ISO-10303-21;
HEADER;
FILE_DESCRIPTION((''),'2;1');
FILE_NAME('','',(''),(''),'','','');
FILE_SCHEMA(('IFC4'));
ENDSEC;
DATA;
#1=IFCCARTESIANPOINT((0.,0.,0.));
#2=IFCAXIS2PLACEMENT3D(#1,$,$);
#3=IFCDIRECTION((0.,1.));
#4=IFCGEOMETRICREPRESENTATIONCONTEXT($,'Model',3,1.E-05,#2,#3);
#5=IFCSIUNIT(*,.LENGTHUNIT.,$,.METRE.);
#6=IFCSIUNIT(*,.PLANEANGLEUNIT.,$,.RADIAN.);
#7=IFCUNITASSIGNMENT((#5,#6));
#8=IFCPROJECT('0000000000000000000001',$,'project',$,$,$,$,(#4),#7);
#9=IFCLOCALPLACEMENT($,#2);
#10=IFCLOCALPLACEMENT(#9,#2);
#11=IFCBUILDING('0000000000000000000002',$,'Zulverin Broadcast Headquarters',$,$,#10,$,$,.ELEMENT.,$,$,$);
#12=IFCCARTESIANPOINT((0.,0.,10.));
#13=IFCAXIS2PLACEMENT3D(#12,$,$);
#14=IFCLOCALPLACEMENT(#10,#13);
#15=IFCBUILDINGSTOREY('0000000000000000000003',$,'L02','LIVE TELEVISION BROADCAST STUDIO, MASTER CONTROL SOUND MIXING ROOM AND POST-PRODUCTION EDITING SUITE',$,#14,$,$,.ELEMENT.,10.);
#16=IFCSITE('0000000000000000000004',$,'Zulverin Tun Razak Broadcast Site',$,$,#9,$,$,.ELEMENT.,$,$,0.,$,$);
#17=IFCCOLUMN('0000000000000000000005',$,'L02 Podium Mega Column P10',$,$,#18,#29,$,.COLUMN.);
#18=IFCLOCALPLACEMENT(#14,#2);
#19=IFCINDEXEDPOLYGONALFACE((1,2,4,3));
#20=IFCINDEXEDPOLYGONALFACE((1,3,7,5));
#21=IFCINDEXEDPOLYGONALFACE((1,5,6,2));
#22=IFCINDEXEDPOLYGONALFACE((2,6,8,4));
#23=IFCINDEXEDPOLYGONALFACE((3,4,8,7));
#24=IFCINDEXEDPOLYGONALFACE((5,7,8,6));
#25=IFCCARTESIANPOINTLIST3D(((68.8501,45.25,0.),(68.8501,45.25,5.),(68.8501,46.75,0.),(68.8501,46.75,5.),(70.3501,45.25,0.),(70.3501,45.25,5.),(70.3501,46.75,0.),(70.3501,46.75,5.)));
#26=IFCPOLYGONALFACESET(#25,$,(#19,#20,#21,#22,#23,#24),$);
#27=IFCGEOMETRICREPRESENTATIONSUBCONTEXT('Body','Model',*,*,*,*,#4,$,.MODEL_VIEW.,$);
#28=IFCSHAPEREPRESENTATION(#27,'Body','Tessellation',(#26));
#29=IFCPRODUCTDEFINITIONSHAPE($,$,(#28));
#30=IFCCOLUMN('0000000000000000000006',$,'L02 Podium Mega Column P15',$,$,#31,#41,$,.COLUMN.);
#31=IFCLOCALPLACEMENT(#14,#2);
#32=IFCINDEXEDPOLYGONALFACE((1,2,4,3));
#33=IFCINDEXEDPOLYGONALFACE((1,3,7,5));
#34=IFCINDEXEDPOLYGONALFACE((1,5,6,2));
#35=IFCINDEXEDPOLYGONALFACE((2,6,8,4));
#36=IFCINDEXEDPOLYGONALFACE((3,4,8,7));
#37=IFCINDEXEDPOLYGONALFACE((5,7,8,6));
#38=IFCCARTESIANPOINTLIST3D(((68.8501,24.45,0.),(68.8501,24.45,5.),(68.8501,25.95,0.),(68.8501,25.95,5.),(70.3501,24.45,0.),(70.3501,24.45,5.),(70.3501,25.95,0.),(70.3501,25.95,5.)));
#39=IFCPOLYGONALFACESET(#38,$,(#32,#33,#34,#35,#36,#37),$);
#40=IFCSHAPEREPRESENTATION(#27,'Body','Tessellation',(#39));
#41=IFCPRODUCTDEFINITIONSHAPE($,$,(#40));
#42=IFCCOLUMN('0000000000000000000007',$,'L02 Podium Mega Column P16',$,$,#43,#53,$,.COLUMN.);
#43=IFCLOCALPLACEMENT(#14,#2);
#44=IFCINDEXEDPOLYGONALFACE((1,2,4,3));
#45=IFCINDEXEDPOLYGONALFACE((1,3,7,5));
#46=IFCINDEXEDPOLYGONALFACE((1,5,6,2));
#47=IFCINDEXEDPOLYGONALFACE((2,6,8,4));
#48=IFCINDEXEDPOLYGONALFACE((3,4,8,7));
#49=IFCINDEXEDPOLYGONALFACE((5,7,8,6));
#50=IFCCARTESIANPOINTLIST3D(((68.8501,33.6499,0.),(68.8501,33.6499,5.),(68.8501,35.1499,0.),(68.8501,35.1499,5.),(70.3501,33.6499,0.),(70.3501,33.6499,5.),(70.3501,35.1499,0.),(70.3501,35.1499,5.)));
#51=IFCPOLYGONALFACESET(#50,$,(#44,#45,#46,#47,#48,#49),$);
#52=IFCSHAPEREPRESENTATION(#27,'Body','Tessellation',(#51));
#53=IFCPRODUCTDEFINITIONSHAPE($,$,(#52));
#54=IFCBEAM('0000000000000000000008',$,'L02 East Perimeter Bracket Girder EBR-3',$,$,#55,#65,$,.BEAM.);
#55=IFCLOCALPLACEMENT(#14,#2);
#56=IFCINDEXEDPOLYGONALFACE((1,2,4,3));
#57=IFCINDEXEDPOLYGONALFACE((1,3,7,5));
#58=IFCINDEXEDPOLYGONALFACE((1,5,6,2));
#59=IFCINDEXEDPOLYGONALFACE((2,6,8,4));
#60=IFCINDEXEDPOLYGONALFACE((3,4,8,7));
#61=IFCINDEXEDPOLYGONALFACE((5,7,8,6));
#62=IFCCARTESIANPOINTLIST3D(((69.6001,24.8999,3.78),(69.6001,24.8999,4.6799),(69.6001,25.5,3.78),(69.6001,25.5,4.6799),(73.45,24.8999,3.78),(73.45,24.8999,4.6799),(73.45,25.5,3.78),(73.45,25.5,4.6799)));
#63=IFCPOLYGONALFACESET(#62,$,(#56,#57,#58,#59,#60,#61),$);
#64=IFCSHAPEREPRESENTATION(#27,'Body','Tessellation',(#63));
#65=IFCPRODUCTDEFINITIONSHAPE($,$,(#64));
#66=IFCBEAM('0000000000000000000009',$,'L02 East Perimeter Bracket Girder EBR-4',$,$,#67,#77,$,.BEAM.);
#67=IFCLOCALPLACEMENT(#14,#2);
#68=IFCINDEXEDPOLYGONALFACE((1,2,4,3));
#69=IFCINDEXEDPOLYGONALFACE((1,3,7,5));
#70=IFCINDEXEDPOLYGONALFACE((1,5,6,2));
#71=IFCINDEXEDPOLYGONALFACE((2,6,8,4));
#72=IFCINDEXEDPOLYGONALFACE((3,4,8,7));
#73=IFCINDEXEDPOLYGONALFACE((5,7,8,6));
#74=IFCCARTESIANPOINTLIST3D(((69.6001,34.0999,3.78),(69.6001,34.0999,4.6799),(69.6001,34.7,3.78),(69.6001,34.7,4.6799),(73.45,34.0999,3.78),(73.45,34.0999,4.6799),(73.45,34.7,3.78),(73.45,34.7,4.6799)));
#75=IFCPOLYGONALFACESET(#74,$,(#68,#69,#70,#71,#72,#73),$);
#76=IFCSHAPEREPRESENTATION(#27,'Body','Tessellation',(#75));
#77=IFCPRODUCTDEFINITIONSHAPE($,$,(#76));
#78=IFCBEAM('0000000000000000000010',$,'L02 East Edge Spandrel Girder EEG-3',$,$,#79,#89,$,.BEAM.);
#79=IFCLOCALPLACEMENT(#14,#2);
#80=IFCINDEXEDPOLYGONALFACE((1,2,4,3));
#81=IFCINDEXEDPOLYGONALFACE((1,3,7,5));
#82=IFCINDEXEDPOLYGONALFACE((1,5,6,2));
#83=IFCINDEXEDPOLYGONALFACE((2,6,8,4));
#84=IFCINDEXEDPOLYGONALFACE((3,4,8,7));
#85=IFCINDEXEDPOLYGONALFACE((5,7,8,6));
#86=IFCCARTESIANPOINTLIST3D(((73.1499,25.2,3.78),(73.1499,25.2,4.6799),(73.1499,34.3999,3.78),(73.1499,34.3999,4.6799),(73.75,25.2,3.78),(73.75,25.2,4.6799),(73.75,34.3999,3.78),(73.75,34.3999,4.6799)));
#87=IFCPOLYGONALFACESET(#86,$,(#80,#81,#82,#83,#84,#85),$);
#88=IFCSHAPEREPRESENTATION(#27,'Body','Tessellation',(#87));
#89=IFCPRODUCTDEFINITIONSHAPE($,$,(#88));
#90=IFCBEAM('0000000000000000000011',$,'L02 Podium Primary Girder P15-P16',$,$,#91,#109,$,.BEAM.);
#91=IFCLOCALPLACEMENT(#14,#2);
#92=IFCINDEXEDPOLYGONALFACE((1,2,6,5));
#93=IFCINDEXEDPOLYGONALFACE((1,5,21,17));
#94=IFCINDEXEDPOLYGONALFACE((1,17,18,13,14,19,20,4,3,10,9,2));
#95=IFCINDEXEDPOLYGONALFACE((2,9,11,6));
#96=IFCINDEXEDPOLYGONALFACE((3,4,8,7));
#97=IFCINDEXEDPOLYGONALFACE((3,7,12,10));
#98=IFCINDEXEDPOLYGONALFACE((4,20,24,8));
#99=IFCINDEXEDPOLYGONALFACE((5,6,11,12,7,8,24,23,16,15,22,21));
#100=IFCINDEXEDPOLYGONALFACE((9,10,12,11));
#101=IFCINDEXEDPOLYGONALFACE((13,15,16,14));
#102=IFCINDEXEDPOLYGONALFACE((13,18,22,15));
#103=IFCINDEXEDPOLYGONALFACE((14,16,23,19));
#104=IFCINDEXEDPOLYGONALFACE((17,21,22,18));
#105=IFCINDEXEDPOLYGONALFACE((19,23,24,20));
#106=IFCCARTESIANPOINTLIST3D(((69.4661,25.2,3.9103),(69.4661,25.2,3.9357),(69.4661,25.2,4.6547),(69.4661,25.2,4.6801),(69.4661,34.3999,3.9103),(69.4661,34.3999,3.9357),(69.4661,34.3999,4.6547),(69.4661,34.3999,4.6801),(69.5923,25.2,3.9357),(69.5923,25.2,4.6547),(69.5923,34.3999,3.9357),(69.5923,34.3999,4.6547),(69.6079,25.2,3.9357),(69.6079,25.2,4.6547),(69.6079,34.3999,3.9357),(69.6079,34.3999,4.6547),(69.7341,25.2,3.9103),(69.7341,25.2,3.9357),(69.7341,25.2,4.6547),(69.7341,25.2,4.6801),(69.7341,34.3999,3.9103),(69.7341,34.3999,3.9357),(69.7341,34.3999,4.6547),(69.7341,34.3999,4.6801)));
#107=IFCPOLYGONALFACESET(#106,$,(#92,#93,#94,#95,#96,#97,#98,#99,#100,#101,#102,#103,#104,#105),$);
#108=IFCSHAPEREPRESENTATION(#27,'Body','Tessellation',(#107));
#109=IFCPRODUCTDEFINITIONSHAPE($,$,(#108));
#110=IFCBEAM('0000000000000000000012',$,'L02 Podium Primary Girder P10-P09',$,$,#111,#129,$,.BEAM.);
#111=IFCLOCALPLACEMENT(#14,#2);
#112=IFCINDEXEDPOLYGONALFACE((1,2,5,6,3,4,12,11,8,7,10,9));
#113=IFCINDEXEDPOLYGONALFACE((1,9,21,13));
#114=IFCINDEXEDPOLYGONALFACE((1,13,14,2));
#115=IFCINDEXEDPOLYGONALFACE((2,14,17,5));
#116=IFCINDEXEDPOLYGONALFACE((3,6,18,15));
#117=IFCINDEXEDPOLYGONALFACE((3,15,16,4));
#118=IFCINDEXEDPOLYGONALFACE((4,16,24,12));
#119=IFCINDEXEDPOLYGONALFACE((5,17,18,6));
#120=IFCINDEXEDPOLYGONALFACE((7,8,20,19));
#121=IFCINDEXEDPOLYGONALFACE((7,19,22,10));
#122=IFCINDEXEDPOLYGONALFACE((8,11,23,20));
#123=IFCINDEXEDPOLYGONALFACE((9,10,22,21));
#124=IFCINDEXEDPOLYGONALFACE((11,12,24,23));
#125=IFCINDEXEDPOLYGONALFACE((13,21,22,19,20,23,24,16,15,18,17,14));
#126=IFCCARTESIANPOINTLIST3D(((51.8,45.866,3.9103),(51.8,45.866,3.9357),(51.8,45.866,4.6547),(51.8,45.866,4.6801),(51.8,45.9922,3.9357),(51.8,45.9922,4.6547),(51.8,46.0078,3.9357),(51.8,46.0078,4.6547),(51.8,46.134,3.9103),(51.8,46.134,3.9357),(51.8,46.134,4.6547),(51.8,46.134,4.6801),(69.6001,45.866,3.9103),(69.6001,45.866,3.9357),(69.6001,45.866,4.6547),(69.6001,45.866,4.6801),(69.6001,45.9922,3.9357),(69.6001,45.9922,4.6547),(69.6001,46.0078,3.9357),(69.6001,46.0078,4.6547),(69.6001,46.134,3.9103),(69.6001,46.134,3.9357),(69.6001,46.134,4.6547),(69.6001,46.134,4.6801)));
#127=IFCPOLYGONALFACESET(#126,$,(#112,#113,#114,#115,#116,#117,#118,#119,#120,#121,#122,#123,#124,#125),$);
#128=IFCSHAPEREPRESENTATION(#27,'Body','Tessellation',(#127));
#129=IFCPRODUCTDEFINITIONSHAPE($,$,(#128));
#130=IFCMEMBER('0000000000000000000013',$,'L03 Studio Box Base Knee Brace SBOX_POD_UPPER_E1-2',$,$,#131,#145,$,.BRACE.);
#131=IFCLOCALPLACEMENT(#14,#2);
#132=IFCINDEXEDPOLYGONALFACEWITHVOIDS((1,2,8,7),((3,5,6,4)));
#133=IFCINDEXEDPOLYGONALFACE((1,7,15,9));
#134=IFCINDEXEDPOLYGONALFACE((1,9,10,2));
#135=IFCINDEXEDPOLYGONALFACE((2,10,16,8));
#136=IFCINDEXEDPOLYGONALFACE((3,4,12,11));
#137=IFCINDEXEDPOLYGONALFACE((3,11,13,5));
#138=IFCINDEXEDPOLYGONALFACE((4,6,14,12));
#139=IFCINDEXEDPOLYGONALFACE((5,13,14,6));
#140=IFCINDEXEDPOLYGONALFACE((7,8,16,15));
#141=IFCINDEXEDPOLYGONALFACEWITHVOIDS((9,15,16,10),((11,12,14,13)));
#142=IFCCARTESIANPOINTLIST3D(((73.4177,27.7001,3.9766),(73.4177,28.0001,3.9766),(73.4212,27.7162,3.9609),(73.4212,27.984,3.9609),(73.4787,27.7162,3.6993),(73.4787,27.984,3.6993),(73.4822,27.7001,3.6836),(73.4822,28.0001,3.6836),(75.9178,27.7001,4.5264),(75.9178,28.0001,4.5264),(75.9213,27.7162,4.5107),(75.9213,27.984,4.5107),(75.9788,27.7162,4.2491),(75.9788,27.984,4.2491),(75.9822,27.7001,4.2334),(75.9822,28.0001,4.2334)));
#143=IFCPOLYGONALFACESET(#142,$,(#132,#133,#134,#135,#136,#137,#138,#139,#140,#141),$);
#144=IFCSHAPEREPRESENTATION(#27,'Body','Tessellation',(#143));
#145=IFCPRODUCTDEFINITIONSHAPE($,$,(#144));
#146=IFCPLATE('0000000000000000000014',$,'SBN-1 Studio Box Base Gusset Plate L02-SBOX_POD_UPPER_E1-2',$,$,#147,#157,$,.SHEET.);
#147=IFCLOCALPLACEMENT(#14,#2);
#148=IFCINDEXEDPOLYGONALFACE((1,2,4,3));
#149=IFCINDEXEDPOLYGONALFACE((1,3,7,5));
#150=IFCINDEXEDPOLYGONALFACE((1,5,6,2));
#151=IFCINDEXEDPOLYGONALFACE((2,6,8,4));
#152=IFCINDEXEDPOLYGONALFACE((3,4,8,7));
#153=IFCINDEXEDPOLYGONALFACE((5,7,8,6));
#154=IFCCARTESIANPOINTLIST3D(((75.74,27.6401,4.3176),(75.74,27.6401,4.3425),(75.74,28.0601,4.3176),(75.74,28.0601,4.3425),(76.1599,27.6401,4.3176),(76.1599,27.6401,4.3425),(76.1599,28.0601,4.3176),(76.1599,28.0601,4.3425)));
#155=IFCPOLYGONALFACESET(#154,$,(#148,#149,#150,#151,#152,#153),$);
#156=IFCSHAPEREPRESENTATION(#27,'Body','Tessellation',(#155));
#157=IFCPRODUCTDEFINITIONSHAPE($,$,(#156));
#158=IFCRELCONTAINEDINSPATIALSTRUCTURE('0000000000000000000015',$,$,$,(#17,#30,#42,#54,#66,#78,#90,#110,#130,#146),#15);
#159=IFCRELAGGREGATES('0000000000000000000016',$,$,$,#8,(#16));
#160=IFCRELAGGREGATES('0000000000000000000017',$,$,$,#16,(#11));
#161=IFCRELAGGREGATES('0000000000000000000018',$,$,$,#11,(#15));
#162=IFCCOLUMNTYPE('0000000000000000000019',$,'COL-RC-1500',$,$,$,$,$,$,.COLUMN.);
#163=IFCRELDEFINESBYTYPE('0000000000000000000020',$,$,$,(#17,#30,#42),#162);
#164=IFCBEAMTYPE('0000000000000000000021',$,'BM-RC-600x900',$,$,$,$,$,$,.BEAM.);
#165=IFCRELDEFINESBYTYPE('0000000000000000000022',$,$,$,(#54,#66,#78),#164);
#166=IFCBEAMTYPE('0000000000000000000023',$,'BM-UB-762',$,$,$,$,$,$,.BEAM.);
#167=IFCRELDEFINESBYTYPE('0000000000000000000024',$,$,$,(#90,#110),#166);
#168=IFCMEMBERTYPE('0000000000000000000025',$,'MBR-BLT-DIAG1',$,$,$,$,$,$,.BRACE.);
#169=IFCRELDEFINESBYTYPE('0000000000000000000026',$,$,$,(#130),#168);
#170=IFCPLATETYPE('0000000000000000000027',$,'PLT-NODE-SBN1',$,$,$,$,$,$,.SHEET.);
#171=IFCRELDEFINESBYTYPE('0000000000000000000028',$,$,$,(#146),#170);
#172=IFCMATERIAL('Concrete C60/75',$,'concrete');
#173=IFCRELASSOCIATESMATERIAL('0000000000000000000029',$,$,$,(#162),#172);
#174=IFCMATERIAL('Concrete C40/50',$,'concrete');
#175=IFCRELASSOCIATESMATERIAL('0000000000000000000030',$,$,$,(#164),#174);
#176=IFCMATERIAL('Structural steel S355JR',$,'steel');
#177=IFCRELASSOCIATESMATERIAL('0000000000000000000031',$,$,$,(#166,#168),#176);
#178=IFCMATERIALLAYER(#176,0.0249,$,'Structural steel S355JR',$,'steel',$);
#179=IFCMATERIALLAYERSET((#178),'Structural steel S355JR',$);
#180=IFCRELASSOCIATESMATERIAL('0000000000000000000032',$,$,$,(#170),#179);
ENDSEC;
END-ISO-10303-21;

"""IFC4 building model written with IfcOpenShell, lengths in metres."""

from ifc_helpers import new_model, si_unit, direction, frame, origin, origin_2d, place, context, subcontext, project, spatial, rectangle, hollow_rectangle, i_section, extrude, material, layer, layer_set, material_profile, profile_set, type_object, element, save


model = new_model("IFC4")

# Units and contexts
model_context = context("Model", 3, precision=1e-05, world=origin(), true_north=direction((0.0, 1.0)))
body_context = subcontext(model_context, "Body", "Model", "MODEL_VIEW")
ifc_project = project(units=[si_unit("LENGTHUNIT", "METRE"), si_unit("PLANEANGLEUNIT", "RADIAN")], contexts=[model_context])

# Site, building, storey
site_placement = place(None, origin())
site = spatial("IfcSite", under=ifc_project, at=site_placement, Name="Zulverin Tun Razak Broadcast Site", CompositionType="ELEMENT", RefElevation=0.0)
building_placement = place(site_placement, origin())
building = spatial("IfcBuilding", under=site, at=building_placement, Name="Zulverin Broadcast Headquarters", CompositionType="ELEMENT")
storey_placement = place(building_placement, frame((0.0, 0.0, 10.0)))
storey = spatial("IfcBuildingStorey", under=building, at=storey_placement, Name="L02", Description="LIVE TELEVISION BROADCAST STUDIO, MASTER CONTROL SOUND MIXING ROOM AND POST-PRODUCTION EDITING SUITE", CompositionType="ELEMENT", Elevation=10.0)

# Columns
ifc_material_1 = material(Name="Concrete C60/75", Category="concrete")
ifc_material_profile_1 = material_profile(ifc_material_1, rectangle(XDim=1.5, YDim=1.5, at=origin_2d()), Name="Concrete C60/75", Category="concrete")
ifc_profile_set_1 = profile_set([ifc_material_profile_1], Name="Concrete C60/75")
column_type = type_object("IfcColumnType", Name="COL-RC-1500", PredefinedType="COLUMN", material=ifc_profile_set_1)
for number, where, z_axis, x_axis, name in (
    (1, (69.6001, 46.0, 0.0), (0.0, 0.0, 1.0), (1.0, 0.0, 0.0), "L02 Podium Mega Column P10"),
    (2, (69.6001, 25.2, 0.0), (0.0, 0.0, 1.0), (1.0, 0.0, 0.0), "L02 Podium Mega Column P15"),
    (3, (69.6001, 34.3999, 0.0), (0.0, 0.0, 1.0), (1.0, 0.0, 0.0), "L02 Podium Mega Column P16"),
):
    element("IfcColumn", number, at=place(storey_placement, frame(where, z_axis=z_axis, x_axis=x_axis)), inside=storey, type_object=column_type, Name=name, PredefinedType="COLUMN", context=body_context, shape_type="SweptSolid", body=[
        extrude(rectangle(XDim=1.5, YDim=1.5, at=origin_2d()), origin(), (0.0, 0.0, 1.0), 5.0),
    ])

# Beams
ifc_material_2 = material(Name="Concrete C40/50", Category="concrete")
ifc_material_profile_2 = material_profile(ifc_material_2, rectangle(XDim=0.6001, YDim=0.8999, at=origin_2d()), Name="Concrete C40/50", Category="concrete")
ifc_profile_set_2 = profile_set([ifc_material_profile_2], Name="Concrete C40/50")
beam_type_1 = type_object("IfcBeamType", Name="BM-RC-600x900", PredefinedType="BEAM", material=ifc_profile_set_2)
for number, where, z_axis, x_axis, name in (
    (4, (69.6001, 25.2, 4.23), (1.0, 0.0, 0.0), (0.0, 1.0, 0.0), "L02 East Perimeter Bracket Girder EBR-3"),
    (5, (69.6001, 34.3999, 4.23), (1.0, 0.0, 0.0), (0.0, 1.0, 0.0), "L02 East Perimeter Bracket Girder EBR-4"),
):
    element("IfcBeam", number, at=place(storey_placement, frame(where, z_axis=z_axis, x_axis=x_axis)), inside=storey, type_object=beam_type_1, Name=name, PredefinedType="BEAM", context=body_context, shape_type="SweptSolid", body=[
        extrude(rectangle(XDim=0.6001, YDim=0.8999, at=origin_2d()), origin(), (0.0, 0.0, 1.0), 3.8499),
    ])
beam_1_placement = place(storey_placement, frame((73.45, 25.2, 4.23), z_axis=(0.0, 1.0, 0.0), x_axis=(-1.0, 0.0, 0.0)))
element("IfcBeam", 6, at=beam_1_placement, inside=storey, type_object=beam_type_1, Name="L02 East Edge Spandrel Girder EEG-3", PredefinedType="BEAM", context=body_context, shape_type="SweptSolid", body=[
    extrude(rectangle(XDim=0.6001, YDim=0.8999, at=origin_2d()), origin(), (0.0, 0.0, 1.0), 9.2),
])
ifc_material_3 = material(Name="Structural steel S355JR", Category="steel")
ifc_material_profile_3 = material_profile(ifc_material_3, i_section(OverallWidth=0.2681, OverallDepth=0.7698, WebThickness=0.0156, FlangeThickness=0.0254, at=origin_2d()), Name="Structural steel S355JR", Category="steel")
ifc_profile_set_3 = profile_set([ifc_material_profile_3], Name="Structural steel S355JR")
beam_type_2 = type_object("IfcBeamType", Name="BM-UB-762", PredefinedType="BEAM", material=ifc_profile_set_3)
beam_2_placement = place(storey_placement, frame((69.6001, 25.2, 4.2952), z_axis=(0.0, 1.0, 0.0), x_axis=(-1.0, 0.0, 0.0)))
element("IfcBeam", 7, at=beam_2_placement, inside=storey, type_object=beam_type_2, Name="L02 Podium Primary Girder P15-P16", PredefinedType="BEAM", context=body_context, shape_type="SweptSolid", body=[
    extrude(i_section(OverallWidth=0.2681, OverallDepth=0.7698, WebThickness=0.0156, FlangeThickness=0.0254, at=origin_2d()), origin(), (0.0, 0.0, 1.0), 9.2),
])
beam_3_placement = place(storey_placement, frame((69.6001, 46.0, 4.2952), z_axis=(-1.0, 0.0, 0.0), x_axis=(0.0, -1.0, 0.0)))
element("IfcBeam", 8, at=beam_3_placement, inside=storey, type_object=beam_type_2, Name="L02 Podium Primary Girder P10-P09", PredefinedType="BEAM", context=body_context, shape_type="SweptSolid", body=[
    extrude(i_section(OverallWidth=0.2681, OverallDepth=0.7698, WebThickness=0.0156, FlangeThickness=0.0254, at=origin_2d()), origin(), (0.0, 0.0, 1.0), 17.8),
])

# Member
ifc_material_profile_4 = material_profile(ifc_material_3, hollow_rectangle(XDim=0.3, YDim=0.3, WallThickness=0.0161, at=origin_2d()), Name="Structural steel S355JR", Category="steel")
ifc_profile_set_4 = profile_set([ifc_material_profile_4], Name="Structural steel S355JR")
member_type = type_object("IfcMemberType", Name="MBR-BLT-DIAG1", PredefinedType="BRACE", material=ifc_profile_set_4)
member_placement = place(storey_placement, frame((73.45, 27.8501, 3.8301), z_axis=(0.97666, 0.0, 0.214789), x_axis=(0.0, 1.0, 0.0)))
element("IfcMember", 9, at=member_placement, inside=storey, type_object=member_type, Name="L03 Studio Box Base Knee Brace SBOX_POD_UPPER_E1-2", PredefinedType="BRACE", context=body_context, shape_type="SweptSolid", body=[
    extrude(hollow_rectangle(XDim=0.3, YDim=0.3, WallThickness=0.0161, at=origin_2d()), origin(), (0.0, 0.0, 1.0), 2.5598),
])

# Plate
ifc_layer_1 = layer(ifc_material_3, 0.0249, Name="Structural steel S355JR", Category="steel")
ifc_layer_set_1 = layer_set([ifc_layer_1], Name="Structural steel S355JR")
plate_type = type_object("IfcPlateType", Name="PLT-NODE-SBN1", PredefinedType="SHEET", material=ifc_layer_set_1)
plate_placement = place(storey_placement, frame((75.95, 27.8501, 4.3176), z_axis=(0.0, 0.0, 1.0), x_axis=(1.0, 0.0, 0.0)))
element("IfcPlate", 10, at=plate_placement, inside=storey, type_object=plate_type, Name="SBN-1 Studio Box Base Gusset Plate L02-SBOX_POD_UPPER_E1-2", PredefinedType="SHEET", context=body_context, shape_type="SweptSolid", body=[
    extrude(rectangle(XDim=0.4199, YDim=0.4199, at=origin_2d()), origin(), (0.0, 0.0, 1.0), 0.0249),
])

save(model, "model.ifc")
